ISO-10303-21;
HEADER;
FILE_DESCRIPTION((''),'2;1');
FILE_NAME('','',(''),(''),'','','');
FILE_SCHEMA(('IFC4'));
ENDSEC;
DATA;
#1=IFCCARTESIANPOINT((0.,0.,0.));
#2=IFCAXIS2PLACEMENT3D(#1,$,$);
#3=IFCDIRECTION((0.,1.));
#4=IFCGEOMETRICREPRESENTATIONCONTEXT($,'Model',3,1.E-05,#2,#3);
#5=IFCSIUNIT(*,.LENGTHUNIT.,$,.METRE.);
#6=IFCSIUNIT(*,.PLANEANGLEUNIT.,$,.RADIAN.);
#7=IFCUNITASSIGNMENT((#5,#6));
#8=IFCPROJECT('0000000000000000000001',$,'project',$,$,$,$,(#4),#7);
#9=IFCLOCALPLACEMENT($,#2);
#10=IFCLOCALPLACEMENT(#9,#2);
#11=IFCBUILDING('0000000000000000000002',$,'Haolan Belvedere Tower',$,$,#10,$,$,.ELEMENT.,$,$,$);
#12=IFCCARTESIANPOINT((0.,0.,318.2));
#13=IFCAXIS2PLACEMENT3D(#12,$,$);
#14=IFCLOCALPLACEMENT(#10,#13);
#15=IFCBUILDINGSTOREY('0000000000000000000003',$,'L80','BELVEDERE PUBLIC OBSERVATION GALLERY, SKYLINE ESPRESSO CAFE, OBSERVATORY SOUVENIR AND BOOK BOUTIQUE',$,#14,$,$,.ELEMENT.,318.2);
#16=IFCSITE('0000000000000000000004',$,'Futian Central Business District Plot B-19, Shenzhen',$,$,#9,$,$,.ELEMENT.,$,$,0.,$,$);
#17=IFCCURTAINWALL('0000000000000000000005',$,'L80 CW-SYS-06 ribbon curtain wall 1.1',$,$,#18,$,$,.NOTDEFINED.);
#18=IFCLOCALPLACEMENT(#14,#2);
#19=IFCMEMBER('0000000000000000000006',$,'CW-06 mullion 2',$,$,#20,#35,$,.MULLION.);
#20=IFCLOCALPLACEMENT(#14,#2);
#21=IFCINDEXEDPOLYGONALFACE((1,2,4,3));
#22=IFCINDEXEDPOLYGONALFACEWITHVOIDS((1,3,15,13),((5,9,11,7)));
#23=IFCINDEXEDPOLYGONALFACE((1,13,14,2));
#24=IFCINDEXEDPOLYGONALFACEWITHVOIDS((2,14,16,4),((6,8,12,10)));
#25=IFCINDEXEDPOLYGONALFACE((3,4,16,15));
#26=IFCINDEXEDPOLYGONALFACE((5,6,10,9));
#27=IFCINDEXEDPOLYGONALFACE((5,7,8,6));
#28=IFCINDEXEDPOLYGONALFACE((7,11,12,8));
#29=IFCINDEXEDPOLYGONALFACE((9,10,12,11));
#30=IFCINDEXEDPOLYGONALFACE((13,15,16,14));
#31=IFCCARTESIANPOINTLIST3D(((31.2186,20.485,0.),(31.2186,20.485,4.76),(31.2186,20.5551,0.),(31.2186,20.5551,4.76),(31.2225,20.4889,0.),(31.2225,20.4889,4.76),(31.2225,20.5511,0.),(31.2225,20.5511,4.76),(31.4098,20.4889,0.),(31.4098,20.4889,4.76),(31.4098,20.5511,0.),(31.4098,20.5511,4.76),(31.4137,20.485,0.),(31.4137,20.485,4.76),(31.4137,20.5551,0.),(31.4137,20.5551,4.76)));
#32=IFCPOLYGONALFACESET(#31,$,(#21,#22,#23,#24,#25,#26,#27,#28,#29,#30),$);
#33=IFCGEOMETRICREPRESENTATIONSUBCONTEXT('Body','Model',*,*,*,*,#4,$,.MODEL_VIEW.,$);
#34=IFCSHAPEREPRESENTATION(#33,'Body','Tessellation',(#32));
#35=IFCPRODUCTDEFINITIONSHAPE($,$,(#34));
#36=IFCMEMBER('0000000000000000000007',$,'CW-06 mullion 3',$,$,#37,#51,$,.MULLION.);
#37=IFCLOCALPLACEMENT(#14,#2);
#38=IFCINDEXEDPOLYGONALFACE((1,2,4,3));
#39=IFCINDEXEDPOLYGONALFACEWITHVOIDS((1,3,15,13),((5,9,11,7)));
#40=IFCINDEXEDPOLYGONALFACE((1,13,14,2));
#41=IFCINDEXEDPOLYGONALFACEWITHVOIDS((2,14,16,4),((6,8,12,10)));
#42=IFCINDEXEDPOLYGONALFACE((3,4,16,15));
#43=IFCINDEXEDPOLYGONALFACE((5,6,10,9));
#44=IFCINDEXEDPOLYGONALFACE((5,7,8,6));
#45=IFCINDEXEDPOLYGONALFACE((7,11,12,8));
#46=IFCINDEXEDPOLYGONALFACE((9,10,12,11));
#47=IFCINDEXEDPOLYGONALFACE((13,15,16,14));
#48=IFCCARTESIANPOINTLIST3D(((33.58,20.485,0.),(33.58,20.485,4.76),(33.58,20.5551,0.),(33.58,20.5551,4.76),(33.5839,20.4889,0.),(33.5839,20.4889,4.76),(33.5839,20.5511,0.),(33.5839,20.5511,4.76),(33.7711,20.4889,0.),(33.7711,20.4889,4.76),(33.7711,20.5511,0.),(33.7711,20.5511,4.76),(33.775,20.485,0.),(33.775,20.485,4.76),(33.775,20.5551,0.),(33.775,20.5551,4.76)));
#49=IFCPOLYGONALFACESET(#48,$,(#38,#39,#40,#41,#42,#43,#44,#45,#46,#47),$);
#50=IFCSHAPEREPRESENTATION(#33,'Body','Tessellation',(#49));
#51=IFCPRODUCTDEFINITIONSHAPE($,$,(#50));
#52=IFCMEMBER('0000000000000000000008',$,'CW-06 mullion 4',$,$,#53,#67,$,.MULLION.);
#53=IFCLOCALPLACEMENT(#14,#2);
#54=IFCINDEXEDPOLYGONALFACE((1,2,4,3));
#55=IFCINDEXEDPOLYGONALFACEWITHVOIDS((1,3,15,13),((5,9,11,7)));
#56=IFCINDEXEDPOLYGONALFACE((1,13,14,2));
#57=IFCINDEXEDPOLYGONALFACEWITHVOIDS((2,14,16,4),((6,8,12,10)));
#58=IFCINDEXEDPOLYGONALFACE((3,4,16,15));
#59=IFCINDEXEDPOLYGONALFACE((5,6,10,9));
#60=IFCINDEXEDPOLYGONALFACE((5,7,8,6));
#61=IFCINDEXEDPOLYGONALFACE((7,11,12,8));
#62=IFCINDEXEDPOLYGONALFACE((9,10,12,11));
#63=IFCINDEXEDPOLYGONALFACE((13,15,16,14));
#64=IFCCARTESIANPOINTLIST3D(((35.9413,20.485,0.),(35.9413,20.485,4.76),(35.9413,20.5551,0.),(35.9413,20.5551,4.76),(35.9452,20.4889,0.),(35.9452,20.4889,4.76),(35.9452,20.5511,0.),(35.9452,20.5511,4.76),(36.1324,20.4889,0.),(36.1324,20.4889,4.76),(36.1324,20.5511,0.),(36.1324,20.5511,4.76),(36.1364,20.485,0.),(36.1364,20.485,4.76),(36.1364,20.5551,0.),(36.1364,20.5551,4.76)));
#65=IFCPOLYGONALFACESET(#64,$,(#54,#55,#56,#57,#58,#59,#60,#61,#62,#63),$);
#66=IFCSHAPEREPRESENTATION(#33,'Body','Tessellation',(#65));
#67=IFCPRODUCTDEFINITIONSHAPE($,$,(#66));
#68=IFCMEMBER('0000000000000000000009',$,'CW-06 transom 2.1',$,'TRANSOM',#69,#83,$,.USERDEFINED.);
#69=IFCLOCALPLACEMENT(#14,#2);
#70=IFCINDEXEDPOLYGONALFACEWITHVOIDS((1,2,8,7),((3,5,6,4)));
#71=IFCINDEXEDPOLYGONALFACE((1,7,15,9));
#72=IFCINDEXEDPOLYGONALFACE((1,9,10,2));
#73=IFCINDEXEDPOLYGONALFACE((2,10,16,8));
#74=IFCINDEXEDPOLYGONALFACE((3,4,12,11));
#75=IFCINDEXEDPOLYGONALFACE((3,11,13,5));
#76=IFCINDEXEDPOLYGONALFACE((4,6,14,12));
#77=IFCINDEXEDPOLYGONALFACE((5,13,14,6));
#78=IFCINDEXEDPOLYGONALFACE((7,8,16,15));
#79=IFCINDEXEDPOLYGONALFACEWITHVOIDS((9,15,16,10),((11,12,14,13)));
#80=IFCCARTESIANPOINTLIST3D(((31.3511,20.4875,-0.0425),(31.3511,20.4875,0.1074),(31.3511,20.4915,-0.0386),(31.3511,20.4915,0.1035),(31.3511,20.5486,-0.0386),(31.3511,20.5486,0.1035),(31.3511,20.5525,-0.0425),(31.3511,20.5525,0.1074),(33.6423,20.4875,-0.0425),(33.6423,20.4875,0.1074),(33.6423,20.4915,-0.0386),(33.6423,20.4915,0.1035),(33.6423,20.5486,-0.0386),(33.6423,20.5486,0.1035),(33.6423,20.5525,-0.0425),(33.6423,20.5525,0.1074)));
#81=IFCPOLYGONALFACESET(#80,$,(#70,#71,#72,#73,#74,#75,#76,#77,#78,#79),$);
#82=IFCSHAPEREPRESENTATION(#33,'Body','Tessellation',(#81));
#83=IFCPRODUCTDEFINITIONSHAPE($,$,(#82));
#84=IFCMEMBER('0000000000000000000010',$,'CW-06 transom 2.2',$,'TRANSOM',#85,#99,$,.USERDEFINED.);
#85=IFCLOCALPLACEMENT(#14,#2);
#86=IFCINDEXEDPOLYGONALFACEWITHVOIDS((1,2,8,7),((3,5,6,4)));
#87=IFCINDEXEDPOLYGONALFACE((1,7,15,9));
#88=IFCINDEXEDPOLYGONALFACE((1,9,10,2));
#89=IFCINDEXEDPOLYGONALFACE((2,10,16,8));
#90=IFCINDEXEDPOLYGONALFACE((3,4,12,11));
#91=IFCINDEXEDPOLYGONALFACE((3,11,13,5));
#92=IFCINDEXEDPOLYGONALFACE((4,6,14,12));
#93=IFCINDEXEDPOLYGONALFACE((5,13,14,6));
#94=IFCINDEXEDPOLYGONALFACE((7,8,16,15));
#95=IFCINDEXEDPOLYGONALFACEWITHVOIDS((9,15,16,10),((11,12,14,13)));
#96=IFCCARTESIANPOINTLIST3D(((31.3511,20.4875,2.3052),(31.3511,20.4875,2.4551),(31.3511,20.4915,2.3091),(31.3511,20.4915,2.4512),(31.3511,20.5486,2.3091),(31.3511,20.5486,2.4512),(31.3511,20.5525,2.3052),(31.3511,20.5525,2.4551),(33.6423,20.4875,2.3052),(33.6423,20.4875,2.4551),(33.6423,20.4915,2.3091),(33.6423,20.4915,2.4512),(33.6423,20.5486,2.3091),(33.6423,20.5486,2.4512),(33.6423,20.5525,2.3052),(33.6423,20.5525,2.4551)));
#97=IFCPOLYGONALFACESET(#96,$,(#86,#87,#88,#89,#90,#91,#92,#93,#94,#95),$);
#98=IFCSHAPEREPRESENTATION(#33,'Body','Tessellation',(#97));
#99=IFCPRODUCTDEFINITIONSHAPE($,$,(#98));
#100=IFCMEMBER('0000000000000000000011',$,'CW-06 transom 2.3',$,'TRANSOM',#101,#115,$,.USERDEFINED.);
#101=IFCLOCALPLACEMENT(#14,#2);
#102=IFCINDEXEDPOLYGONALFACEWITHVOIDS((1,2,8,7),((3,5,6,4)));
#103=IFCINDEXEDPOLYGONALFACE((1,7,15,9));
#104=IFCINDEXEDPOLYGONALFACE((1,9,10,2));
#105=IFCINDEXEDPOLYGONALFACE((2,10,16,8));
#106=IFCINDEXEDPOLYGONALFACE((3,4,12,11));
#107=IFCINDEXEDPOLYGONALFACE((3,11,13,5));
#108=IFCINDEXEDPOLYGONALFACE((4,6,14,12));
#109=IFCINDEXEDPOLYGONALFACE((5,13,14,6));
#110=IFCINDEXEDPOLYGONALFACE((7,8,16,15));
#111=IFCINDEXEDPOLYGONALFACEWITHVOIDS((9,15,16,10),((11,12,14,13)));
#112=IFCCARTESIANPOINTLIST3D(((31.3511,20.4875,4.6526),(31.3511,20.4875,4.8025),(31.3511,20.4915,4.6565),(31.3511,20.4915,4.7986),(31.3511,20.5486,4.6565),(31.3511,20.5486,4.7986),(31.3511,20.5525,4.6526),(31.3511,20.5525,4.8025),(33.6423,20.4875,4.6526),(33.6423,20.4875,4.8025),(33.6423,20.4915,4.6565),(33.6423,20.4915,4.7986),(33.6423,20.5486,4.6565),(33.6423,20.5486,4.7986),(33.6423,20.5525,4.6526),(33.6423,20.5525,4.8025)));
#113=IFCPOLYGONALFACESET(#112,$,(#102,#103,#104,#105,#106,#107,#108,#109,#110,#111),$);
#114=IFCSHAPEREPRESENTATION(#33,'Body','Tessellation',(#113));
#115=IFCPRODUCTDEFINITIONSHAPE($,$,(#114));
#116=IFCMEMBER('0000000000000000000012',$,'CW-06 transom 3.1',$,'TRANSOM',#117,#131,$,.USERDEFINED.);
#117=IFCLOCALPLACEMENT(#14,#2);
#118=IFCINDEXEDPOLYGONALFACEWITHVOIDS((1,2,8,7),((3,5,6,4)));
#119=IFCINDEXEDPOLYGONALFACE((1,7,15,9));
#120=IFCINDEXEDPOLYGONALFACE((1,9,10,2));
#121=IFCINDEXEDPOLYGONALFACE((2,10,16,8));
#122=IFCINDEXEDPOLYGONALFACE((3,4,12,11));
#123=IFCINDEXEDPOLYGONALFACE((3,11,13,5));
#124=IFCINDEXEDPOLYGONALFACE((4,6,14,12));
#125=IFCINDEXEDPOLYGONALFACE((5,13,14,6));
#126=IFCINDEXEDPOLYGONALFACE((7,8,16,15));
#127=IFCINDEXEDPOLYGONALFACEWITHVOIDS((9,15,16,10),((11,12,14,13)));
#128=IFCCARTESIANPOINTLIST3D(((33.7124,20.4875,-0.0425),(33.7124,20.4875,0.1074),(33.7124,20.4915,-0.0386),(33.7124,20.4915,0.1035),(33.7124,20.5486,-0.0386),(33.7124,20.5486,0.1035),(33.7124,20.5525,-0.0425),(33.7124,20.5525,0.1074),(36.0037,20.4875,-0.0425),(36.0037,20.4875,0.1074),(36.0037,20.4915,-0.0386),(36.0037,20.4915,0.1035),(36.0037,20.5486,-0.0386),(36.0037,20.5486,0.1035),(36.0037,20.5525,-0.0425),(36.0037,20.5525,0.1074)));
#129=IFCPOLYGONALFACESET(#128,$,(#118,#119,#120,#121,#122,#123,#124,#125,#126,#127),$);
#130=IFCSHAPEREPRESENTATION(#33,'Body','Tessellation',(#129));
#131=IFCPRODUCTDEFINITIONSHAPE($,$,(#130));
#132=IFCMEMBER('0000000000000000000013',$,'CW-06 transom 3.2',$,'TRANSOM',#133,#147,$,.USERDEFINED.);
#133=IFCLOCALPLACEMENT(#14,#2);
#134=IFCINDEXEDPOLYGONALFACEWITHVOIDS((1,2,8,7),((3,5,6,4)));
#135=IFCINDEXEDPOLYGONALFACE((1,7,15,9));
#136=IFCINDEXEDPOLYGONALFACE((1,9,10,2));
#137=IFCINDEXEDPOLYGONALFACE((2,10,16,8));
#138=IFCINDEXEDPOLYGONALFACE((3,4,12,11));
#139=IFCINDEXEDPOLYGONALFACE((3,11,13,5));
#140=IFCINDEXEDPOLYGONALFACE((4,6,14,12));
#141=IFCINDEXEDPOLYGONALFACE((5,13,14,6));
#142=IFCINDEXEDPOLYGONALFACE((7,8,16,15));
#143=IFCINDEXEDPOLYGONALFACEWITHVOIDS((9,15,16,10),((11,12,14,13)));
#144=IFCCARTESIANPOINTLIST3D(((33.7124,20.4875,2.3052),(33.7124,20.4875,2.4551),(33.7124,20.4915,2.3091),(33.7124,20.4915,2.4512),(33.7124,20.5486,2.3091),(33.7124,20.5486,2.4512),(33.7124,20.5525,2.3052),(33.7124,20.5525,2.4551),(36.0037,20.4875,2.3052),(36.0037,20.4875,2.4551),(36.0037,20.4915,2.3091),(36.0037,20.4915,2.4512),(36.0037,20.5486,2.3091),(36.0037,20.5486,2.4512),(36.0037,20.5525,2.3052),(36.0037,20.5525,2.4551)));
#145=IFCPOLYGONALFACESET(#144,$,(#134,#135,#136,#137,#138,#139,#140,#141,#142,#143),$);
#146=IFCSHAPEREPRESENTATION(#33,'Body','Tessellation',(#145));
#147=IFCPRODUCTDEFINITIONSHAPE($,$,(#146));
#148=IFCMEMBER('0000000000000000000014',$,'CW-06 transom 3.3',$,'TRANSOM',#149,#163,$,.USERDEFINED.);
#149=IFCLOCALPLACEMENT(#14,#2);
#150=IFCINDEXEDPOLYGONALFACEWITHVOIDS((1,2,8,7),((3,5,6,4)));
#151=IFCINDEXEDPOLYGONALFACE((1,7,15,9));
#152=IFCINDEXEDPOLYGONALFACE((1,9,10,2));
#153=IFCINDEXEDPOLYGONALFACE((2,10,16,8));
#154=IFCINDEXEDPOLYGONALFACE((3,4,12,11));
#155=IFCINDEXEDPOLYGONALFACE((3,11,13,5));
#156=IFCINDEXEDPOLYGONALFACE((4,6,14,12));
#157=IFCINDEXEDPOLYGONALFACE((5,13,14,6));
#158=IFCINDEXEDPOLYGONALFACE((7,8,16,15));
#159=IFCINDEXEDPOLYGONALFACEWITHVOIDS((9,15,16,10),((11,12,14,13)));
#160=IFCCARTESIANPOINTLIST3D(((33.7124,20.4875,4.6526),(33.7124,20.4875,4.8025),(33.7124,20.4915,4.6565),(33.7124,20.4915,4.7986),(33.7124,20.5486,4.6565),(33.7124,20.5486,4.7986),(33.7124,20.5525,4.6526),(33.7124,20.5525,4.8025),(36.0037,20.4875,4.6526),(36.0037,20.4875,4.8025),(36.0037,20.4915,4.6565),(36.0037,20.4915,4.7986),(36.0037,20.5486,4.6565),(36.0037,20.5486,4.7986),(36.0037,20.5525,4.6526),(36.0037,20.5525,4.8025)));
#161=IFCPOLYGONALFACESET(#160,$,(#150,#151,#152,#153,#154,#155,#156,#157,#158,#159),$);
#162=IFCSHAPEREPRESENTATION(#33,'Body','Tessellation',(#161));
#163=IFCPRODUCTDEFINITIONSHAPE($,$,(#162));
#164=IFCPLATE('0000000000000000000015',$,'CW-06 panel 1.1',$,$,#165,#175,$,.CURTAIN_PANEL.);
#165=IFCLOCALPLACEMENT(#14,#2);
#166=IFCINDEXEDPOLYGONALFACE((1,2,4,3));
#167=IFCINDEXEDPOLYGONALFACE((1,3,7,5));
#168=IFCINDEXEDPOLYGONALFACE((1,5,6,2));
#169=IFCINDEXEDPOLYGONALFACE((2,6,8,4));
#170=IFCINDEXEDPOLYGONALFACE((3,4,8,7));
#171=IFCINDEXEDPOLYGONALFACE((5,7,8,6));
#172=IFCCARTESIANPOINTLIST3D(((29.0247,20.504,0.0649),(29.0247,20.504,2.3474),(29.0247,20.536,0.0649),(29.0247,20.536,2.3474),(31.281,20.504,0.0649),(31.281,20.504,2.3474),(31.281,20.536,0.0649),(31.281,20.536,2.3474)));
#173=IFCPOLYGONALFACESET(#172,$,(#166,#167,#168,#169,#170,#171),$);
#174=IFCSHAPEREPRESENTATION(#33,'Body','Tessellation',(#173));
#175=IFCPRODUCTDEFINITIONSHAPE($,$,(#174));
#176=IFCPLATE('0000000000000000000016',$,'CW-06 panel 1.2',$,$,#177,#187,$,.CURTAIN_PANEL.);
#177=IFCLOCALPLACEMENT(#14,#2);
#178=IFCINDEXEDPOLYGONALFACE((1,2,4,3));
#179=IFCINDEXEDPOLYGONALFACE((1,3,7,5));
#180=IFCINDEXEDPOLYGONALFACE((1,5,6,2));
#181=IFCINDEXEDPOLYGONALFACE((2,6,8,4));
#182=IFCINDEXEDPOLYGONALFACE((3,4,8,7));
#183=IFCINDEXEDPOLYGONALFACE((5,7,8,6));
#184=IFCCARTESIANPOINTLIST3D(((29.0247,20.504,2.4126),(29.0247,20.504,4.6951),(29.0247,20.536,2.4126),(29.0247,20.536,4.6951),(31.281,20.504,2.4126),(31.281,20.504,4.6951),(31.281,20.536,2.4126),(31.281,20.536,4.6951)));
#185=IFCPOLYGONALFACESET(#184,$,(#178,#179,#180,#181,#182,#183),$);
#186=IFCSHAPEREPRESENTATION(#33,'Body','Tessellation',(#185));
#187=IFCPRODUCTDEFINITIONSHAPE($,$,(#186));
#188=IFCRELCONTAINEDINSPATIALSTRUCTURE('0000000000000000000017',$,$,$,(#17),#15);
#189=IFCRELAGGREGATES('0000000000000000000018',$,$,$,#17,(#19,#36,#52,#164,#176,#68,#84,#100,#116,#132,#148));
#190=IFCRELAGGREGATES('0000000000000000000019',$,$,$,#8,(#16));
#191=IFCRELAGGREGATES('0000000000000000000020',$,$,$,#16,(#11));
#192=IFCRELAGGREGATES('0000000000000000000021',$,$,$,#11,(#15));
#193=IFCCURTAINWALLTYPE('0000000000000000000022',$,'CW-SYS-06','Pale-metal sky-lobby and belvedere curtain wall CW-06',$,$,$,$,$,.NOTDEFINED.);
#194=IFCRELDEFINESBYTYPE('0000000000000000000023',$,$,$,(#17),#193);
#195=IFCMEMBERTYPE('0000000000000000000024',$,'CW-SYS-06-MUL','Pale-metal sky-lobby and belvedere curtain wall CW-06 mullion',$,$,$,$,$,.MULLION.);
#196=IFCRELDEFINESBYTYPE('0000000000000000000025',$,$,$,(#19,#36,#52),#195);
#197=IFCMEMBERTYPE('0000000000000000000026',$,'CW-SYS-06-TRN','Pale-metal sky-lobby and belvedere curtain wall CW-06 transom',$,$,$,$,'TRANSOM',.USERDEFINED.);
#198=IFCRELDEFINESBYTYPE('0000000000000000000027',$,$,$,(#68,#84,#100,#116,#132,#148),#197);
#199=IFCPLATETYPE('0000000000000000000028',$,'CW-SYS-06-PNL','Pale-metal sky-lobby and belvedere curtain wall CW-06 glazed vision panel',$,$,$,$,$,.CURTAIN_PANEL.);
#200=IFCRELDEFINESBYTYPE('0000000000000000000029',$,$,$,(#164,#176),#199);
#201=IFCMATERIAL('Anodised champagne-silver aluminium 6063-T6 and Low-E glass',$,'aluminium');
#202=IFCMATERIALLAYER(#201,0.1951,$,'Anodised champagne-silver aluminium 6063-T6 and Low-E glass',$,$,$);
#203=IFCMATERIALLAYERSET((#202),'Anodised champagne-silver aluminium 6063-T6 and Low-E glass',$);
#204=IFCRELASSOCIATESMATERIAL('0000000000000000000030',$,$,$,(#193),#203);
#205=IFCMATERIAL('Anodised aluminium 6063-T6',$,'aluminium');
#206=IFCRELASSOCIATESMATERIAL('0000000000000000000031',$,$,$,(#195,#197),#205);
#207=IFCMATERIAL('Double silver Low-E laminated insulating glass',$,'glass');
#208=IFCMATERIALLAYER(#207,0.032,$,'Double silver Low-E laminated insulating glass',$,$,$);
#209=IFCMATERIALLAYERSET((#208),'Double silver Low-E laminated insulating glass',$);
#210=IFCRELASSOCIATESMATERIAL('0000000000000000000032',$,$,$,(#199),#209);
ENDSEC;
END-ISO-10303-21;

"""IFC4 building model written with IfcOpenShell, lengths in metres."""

from ifc_helpers import new_model, si_unit, direction, frame, origin, origin_2d, place, context, subcontext, project, spatial, rectangle, hollow_rectangle, extrude, material, layer, layer_set, material_profile, profile_set, type_object, element, aggregate, save


model = new_model("IFC4")

# Units and contexts
model_context = context("Model", 3, precision=1e-05, world=origin(), true_north=direction((0.0, 1.0)))
body_context = subcontext(model_context, "Body", "Model", "MODEL_VIEW")
ifc_project = project(units=[si_unit("LENGTHUNIT", "METRE"), si_unit("PLANEANGLEUNIT", "RADIAN")], contexts=[model_context])

# Site, building, storey
site_placement = place(None, origin())
site = spatial("IfcSite", under=ifc_project, at=site_placement, Name="Futian Central Business District Plot B-19, Shenzhen", CompositionType="ELEMENT", RefElevation=0.0)
building_placement = place(site_placement, origin())
building = spatial("IfcBuilding", under=site, at=building_placement, Name="Haolan Belvedere Tower", CompositionType="ELEMENT")
storey_placement = place(building_placement, frame((0.0, 0.0, 318.2)))
storey = spatial("IfcBuildingStorey", under=building, at=storey_placement, Name="L80", Description="BELVEDERE PUBLIC OBSERVATION GALLERY, SKYLINE ESPRESSO CAFE, OBSERVATORY SOUVENIR AND BOOK BOUTIQUE", CompositionType="ELEMENT", Elevation=318.2)

# Curtain wall, members, plates
ifc_material_1 = material(Name="Anodised champagne-silver aluminium 6063-T6 and Low-E glass", Category="aluminium")
ifc_layer_1 = layer(ifc_material_1, 0.1951, Name="Anodised champagne-silver aluminium 6063-T6 and Low-E glass")
ifc_layer_set_1 = layer_set([ifc_layer_1], Name="Anodised champagne-silver aluminium 6063-T6 and Low-E glass")
curtain_wall_type = type_object("IfcCurtainWallType", Name="CW-SYS-06", Description="Pale-metal sky-lobby and belvedere curtain wall CW-06", PredefinedType="NOTDEFINED", material=ifc_layer_set_1)
curtain_wall_placement = place(storey_placement, origin())
curtain_wall = element("IfcCurtainWall", 1, at=curtain_wall_placement, inside=storey, type_object=curtain_wall_type, Name="L80 CW-SYS-06 ribbon curtain wall 1.1", PredefinedType="NOTDEFINED")
ifc_material_2 = material(Name="Anodised aluminium 6063-T6", Category="aluminium")
ifc_material_profile_1 = material_profile(ifc_material_2, hollow_rectangle(XDim=0.0701, YDim=0.1951, WallThickness=0.0039, at=origin_2d()), Name="Anodised aluminium 6063-T6")
ifc_profile_set_1 = profile_set([ifc_material_profile_1], Name="Anodised aluminium 6063-T6")
member_type_1 = type_object("IfcMemberType", Name="CW-SYS-06-MUL", Description="Pale-metal sky-lobby and belvedere curtain wall CW-06 mullion", PredefinedType="MULLION", material=ifc_profile_set_1)
member_1_placement = place(storey_placement, frame((31.3162, 20.52, 0.0), z_axis=(0.0, 0.0, 1.0), x_axis=(0.0, 1.0, 0.0)))
member_1 = element("IfcMember", 2, at=member_1_placement, type_object=member_type_1, Name="CW-06 mullion 2", PredefinedType="MULLION", context=body_context, shape_type="SweptSolid", body=[
    extrude(hollow_rectangle(XDim=0.0701, YDim=0.1951, WallThickness=0.0039, at=origin_2d()), origin(), (0.0, 0.0, 1.0), 4.76),
])
member_2_placement = place(storey_placement, frame((33.6775, 20.52, 0.0), z_axis=(0.0, 0.0, 1.0), x_axis=(0.0, 1.0, 0.0)))
member_2 = element("IfcMember", 3, at=member_2_placement, type_object=member_type_1, Name="CW-06 mullion 3", PredefinedType="MULLION", context=body_context, shape_type="SweptSolid", body=[
    extrude(hollow_rectangle(XDim=0.0701, YDim=0.1951, WallThickness=0.0039, at=origin_2d()), origin(), (0.0, 0.0, 1.0), 4.76),
])
member_3_placement = place(storey_placement, frame((36.0388, 20.52, 0.0), z_axis=(0.0, 0.0, 1.0), x_axis=(0.0, 1.0, 0.0)))
member_3 = element("IfcMember", 4, at=member_3_placement, type_object=member_type_1, Name="CW-06 mullion 4", PredefinedType="MULLION", context=body_context, shape_type="SweptSolid", body=[
    extrude(hollow_rectangle(XDim=0.0701, YDim=0.1951, WallThickness=0.0039, at=origin_2d()), origin(), (0.0, 0.0, 1.0), 4.76),
])
ifc_material_profile_2 = material_profile(ifc_material_2, hollow_rectangle(XDim=0.0649, YDim=0.1499, WallThickness=0.0039, at=origin_2d()), Name="Anodised aluminium 6063-T6")
ifc_profile_set_2 = profile_set([ifc_material_profile_2], Name="Anodised aluminium 6063-T6")
member_type_2 = type_object("IfcMemberType", Name="CW-SYS-06-TRN", Description="Pale-metal sky-lobby and belvedere curtain wall CW-06 transom", ElementType="TRANSOM", PredefinedType="USERDEFINED", material=ifc_profile_set_2)
member_4_placement = place(storey_placement, frame((31.3511, 20.52, 0.0325), z_axis=(1.0, 0.0, 0.0), x_axis=(0.0, 1.0, 0.0)))
member_4 = element("IfcMember", 5, at=member_4_placement, type_object=member_type_2, Name="CW-06 transom 2.1", ObjectType="TRANSOM", PredefinedType="USERDEFINED", context=body_context, shape_type="SweptSolid", body=[
    extrude(hollow_rectangle(XDim=0.0649, YDim=0.1499, WallThickness=0.0039, at=origin_2d()), origin(), (0.0, 0.0, 1.0), 2.2913),
])
member_5_placement = place(storey_placement, frame((31.3511, 20.52, 2.3801), z_axis=(1.0, 0.0, 0.0), x_axis=(0.0, 1.0, 0.0)))
member_5 = element("IfcMember", 6, at=member_5_placement, type_object=member_type_2, Name="CW-06 transom 2.2", ObjectType="TRANSOM", PredefinedType="USERDEFINED", context=body_context, shape_type="SweptSolid", body=[
    extrude(hollow_rectangle(XDim=0.0649, YDim=0.1499, WallThickness=0.0039, at=origin_2d()), origin(), (0.0, 0.0, 1.0), 2.2913),
])
member_6_placement = place(storey_placement, frame((31.3511, 20.52, 4.7275), z_axis=(1.0, 0.0, 0.0), x_axis=(0.0, 1.0, 0.0)))
member_6 = element("IfcMember", 7, at=member_6_placement, type_object=member_type_2, Name="CW-06 transom 2.3", ObjectType="TRANSOM", PredefinedType="USERDEFINED", context=body_context, shape_type="SweptSolid", body=[
    extrude(hollow_rectangle(XDim=0.0649, YDim=0.1499, WallThickness=0.0039, at=origin_2d()), origin(), (0.0, 0.0, 1.0), 2.2913),
])
member_7_placement = place(storey_placement, frame((33.7124, 20.52, 0.0325), z_axis=(1.0, 0.0, 0.0), x_axis=(0.0, 1.0, 0.0)))
member_7 = element("IfcMember", 8, at=member_7_placement, type_object=member_type_2, Name="CW-06 transom 3.1", ObjectType="TRANSOM", PredefinedType="USERDEFINED", context=body_context, shape_type="SweptSolid", body=[
    extrude(hollow_rectangle(XDim=0.0649, YDim=0.1499, WallThickness=0.0039, at=origin_2d()), origin(), (0.0, 0.0, 1.0), 2.2913),
])
member_8_placement = place(storey_placement, frame((33.7124, 20.52, 2.3801), z_axis=(1.0, 0.0, 0.0), x_axis=(0.0, 1.0, 0.0)))
member_8 = element("IfcMember", 9, at=member_8_placement, type_object=member_type_2, Name="CW-06 transom 3.2", ObjectType="TRANSOM", PredefinedType="USERDEFINED", context=body_context, shape_type="SweptSolid", body=[
    extrude(hollow_rectangle(XDim=0.0649, YDim=0.1499, WallThickness=0.0039, at=origin_2d()), origin(), (0.0, 0.0, 1.0), 2.2913),
])
member_9_placement = place(storey_placement, frame((33.7124, 20.52, 4.7275), z_axis=(1.0, 0.0, 0.0), x_axis=(0.0, 1.0, 0.0)))
member_9 = element("IfcMember", 10, at=member_9_placement, type_object=member_type_2, Name="CW-06 transom 3.3", ObjectType="TRANSOM", PredefinedType="USERDEFINED", context=body_context, shape_type="SweptSolid", body=[
    extrude(hollow_rectangle(XDim=0.0649, YDim=0.1499, WallThickness=0.0039, at=origin_2d()), origin(), (0.0, 0.0, 1.0), 2.2913),
])
ifc_material_3 = material(Name="Double silver Low-E laminated insulating glass", Category="glass")
ifc_layer_2 = layer(ifc_material_3, 0.032, Name="Double silver Low-E laminated insulating glass")
ifc_layer_set_2 = layer_set([ifc_layer_2], Name="Double silver Low-E laminated insulating glass")
plate_type = type_object("IfcPlateType", Name="CW-SYS-06-PNL", Description="Pale-metal sky-lobby and belvedere curtain wall CW-06 glazed vision panel", PredefinedType="CURTAIN_PANEL", material=ifc_layer_set_2)
plate_1_placement = place(storey_placement, frame((30.1528, 20.52, 0.0649), z_axis=(0.0, 0.0, 1.0), x_axis=(1.0, 0.0, 0.0)))
plate_1 = element("IfcPlate", 11, at=plate_1_placement, type_object=plate_type, Name="CW-06 panel 1.1", PredefinedType="CURTAIN_PANEL", context=body_context, shape_type="SweptSolid", body=[
    extrude(rectangle(XDim=2.2563, YDim=0.032, at=origin_2d()), origin(), (0.0, 0.0, 1.0), 2.2825),
])
plate_2_placement = place(storey_placement, frame((30.1528, 20.52, 2.4126), z_axis=(0.0, 0.0, 1.0), x_axis=(1.0, 0.0, 0.0)))
plate_2 = element("IfcPlate", 12, at=plate_2_placement, type_object=plate_type, Name="CW-06 panel 1.2", PredefinedType="CURTAIN_PANEL", context=body_context, shape_type="SweptSolid", body=[
    extrude(rectangle(XDim=2.2563, YDim=0.032, at=origin_2d()), origin(), (0.0, 0.0, 1.0), 2.2825),
])
aggregate(curtain_wall, [member_1, member_2, member_3, plate_1, plate_2, member_4, member_5, member_6, member_7, member_8, member_9])

save(model, "model.ifc")
